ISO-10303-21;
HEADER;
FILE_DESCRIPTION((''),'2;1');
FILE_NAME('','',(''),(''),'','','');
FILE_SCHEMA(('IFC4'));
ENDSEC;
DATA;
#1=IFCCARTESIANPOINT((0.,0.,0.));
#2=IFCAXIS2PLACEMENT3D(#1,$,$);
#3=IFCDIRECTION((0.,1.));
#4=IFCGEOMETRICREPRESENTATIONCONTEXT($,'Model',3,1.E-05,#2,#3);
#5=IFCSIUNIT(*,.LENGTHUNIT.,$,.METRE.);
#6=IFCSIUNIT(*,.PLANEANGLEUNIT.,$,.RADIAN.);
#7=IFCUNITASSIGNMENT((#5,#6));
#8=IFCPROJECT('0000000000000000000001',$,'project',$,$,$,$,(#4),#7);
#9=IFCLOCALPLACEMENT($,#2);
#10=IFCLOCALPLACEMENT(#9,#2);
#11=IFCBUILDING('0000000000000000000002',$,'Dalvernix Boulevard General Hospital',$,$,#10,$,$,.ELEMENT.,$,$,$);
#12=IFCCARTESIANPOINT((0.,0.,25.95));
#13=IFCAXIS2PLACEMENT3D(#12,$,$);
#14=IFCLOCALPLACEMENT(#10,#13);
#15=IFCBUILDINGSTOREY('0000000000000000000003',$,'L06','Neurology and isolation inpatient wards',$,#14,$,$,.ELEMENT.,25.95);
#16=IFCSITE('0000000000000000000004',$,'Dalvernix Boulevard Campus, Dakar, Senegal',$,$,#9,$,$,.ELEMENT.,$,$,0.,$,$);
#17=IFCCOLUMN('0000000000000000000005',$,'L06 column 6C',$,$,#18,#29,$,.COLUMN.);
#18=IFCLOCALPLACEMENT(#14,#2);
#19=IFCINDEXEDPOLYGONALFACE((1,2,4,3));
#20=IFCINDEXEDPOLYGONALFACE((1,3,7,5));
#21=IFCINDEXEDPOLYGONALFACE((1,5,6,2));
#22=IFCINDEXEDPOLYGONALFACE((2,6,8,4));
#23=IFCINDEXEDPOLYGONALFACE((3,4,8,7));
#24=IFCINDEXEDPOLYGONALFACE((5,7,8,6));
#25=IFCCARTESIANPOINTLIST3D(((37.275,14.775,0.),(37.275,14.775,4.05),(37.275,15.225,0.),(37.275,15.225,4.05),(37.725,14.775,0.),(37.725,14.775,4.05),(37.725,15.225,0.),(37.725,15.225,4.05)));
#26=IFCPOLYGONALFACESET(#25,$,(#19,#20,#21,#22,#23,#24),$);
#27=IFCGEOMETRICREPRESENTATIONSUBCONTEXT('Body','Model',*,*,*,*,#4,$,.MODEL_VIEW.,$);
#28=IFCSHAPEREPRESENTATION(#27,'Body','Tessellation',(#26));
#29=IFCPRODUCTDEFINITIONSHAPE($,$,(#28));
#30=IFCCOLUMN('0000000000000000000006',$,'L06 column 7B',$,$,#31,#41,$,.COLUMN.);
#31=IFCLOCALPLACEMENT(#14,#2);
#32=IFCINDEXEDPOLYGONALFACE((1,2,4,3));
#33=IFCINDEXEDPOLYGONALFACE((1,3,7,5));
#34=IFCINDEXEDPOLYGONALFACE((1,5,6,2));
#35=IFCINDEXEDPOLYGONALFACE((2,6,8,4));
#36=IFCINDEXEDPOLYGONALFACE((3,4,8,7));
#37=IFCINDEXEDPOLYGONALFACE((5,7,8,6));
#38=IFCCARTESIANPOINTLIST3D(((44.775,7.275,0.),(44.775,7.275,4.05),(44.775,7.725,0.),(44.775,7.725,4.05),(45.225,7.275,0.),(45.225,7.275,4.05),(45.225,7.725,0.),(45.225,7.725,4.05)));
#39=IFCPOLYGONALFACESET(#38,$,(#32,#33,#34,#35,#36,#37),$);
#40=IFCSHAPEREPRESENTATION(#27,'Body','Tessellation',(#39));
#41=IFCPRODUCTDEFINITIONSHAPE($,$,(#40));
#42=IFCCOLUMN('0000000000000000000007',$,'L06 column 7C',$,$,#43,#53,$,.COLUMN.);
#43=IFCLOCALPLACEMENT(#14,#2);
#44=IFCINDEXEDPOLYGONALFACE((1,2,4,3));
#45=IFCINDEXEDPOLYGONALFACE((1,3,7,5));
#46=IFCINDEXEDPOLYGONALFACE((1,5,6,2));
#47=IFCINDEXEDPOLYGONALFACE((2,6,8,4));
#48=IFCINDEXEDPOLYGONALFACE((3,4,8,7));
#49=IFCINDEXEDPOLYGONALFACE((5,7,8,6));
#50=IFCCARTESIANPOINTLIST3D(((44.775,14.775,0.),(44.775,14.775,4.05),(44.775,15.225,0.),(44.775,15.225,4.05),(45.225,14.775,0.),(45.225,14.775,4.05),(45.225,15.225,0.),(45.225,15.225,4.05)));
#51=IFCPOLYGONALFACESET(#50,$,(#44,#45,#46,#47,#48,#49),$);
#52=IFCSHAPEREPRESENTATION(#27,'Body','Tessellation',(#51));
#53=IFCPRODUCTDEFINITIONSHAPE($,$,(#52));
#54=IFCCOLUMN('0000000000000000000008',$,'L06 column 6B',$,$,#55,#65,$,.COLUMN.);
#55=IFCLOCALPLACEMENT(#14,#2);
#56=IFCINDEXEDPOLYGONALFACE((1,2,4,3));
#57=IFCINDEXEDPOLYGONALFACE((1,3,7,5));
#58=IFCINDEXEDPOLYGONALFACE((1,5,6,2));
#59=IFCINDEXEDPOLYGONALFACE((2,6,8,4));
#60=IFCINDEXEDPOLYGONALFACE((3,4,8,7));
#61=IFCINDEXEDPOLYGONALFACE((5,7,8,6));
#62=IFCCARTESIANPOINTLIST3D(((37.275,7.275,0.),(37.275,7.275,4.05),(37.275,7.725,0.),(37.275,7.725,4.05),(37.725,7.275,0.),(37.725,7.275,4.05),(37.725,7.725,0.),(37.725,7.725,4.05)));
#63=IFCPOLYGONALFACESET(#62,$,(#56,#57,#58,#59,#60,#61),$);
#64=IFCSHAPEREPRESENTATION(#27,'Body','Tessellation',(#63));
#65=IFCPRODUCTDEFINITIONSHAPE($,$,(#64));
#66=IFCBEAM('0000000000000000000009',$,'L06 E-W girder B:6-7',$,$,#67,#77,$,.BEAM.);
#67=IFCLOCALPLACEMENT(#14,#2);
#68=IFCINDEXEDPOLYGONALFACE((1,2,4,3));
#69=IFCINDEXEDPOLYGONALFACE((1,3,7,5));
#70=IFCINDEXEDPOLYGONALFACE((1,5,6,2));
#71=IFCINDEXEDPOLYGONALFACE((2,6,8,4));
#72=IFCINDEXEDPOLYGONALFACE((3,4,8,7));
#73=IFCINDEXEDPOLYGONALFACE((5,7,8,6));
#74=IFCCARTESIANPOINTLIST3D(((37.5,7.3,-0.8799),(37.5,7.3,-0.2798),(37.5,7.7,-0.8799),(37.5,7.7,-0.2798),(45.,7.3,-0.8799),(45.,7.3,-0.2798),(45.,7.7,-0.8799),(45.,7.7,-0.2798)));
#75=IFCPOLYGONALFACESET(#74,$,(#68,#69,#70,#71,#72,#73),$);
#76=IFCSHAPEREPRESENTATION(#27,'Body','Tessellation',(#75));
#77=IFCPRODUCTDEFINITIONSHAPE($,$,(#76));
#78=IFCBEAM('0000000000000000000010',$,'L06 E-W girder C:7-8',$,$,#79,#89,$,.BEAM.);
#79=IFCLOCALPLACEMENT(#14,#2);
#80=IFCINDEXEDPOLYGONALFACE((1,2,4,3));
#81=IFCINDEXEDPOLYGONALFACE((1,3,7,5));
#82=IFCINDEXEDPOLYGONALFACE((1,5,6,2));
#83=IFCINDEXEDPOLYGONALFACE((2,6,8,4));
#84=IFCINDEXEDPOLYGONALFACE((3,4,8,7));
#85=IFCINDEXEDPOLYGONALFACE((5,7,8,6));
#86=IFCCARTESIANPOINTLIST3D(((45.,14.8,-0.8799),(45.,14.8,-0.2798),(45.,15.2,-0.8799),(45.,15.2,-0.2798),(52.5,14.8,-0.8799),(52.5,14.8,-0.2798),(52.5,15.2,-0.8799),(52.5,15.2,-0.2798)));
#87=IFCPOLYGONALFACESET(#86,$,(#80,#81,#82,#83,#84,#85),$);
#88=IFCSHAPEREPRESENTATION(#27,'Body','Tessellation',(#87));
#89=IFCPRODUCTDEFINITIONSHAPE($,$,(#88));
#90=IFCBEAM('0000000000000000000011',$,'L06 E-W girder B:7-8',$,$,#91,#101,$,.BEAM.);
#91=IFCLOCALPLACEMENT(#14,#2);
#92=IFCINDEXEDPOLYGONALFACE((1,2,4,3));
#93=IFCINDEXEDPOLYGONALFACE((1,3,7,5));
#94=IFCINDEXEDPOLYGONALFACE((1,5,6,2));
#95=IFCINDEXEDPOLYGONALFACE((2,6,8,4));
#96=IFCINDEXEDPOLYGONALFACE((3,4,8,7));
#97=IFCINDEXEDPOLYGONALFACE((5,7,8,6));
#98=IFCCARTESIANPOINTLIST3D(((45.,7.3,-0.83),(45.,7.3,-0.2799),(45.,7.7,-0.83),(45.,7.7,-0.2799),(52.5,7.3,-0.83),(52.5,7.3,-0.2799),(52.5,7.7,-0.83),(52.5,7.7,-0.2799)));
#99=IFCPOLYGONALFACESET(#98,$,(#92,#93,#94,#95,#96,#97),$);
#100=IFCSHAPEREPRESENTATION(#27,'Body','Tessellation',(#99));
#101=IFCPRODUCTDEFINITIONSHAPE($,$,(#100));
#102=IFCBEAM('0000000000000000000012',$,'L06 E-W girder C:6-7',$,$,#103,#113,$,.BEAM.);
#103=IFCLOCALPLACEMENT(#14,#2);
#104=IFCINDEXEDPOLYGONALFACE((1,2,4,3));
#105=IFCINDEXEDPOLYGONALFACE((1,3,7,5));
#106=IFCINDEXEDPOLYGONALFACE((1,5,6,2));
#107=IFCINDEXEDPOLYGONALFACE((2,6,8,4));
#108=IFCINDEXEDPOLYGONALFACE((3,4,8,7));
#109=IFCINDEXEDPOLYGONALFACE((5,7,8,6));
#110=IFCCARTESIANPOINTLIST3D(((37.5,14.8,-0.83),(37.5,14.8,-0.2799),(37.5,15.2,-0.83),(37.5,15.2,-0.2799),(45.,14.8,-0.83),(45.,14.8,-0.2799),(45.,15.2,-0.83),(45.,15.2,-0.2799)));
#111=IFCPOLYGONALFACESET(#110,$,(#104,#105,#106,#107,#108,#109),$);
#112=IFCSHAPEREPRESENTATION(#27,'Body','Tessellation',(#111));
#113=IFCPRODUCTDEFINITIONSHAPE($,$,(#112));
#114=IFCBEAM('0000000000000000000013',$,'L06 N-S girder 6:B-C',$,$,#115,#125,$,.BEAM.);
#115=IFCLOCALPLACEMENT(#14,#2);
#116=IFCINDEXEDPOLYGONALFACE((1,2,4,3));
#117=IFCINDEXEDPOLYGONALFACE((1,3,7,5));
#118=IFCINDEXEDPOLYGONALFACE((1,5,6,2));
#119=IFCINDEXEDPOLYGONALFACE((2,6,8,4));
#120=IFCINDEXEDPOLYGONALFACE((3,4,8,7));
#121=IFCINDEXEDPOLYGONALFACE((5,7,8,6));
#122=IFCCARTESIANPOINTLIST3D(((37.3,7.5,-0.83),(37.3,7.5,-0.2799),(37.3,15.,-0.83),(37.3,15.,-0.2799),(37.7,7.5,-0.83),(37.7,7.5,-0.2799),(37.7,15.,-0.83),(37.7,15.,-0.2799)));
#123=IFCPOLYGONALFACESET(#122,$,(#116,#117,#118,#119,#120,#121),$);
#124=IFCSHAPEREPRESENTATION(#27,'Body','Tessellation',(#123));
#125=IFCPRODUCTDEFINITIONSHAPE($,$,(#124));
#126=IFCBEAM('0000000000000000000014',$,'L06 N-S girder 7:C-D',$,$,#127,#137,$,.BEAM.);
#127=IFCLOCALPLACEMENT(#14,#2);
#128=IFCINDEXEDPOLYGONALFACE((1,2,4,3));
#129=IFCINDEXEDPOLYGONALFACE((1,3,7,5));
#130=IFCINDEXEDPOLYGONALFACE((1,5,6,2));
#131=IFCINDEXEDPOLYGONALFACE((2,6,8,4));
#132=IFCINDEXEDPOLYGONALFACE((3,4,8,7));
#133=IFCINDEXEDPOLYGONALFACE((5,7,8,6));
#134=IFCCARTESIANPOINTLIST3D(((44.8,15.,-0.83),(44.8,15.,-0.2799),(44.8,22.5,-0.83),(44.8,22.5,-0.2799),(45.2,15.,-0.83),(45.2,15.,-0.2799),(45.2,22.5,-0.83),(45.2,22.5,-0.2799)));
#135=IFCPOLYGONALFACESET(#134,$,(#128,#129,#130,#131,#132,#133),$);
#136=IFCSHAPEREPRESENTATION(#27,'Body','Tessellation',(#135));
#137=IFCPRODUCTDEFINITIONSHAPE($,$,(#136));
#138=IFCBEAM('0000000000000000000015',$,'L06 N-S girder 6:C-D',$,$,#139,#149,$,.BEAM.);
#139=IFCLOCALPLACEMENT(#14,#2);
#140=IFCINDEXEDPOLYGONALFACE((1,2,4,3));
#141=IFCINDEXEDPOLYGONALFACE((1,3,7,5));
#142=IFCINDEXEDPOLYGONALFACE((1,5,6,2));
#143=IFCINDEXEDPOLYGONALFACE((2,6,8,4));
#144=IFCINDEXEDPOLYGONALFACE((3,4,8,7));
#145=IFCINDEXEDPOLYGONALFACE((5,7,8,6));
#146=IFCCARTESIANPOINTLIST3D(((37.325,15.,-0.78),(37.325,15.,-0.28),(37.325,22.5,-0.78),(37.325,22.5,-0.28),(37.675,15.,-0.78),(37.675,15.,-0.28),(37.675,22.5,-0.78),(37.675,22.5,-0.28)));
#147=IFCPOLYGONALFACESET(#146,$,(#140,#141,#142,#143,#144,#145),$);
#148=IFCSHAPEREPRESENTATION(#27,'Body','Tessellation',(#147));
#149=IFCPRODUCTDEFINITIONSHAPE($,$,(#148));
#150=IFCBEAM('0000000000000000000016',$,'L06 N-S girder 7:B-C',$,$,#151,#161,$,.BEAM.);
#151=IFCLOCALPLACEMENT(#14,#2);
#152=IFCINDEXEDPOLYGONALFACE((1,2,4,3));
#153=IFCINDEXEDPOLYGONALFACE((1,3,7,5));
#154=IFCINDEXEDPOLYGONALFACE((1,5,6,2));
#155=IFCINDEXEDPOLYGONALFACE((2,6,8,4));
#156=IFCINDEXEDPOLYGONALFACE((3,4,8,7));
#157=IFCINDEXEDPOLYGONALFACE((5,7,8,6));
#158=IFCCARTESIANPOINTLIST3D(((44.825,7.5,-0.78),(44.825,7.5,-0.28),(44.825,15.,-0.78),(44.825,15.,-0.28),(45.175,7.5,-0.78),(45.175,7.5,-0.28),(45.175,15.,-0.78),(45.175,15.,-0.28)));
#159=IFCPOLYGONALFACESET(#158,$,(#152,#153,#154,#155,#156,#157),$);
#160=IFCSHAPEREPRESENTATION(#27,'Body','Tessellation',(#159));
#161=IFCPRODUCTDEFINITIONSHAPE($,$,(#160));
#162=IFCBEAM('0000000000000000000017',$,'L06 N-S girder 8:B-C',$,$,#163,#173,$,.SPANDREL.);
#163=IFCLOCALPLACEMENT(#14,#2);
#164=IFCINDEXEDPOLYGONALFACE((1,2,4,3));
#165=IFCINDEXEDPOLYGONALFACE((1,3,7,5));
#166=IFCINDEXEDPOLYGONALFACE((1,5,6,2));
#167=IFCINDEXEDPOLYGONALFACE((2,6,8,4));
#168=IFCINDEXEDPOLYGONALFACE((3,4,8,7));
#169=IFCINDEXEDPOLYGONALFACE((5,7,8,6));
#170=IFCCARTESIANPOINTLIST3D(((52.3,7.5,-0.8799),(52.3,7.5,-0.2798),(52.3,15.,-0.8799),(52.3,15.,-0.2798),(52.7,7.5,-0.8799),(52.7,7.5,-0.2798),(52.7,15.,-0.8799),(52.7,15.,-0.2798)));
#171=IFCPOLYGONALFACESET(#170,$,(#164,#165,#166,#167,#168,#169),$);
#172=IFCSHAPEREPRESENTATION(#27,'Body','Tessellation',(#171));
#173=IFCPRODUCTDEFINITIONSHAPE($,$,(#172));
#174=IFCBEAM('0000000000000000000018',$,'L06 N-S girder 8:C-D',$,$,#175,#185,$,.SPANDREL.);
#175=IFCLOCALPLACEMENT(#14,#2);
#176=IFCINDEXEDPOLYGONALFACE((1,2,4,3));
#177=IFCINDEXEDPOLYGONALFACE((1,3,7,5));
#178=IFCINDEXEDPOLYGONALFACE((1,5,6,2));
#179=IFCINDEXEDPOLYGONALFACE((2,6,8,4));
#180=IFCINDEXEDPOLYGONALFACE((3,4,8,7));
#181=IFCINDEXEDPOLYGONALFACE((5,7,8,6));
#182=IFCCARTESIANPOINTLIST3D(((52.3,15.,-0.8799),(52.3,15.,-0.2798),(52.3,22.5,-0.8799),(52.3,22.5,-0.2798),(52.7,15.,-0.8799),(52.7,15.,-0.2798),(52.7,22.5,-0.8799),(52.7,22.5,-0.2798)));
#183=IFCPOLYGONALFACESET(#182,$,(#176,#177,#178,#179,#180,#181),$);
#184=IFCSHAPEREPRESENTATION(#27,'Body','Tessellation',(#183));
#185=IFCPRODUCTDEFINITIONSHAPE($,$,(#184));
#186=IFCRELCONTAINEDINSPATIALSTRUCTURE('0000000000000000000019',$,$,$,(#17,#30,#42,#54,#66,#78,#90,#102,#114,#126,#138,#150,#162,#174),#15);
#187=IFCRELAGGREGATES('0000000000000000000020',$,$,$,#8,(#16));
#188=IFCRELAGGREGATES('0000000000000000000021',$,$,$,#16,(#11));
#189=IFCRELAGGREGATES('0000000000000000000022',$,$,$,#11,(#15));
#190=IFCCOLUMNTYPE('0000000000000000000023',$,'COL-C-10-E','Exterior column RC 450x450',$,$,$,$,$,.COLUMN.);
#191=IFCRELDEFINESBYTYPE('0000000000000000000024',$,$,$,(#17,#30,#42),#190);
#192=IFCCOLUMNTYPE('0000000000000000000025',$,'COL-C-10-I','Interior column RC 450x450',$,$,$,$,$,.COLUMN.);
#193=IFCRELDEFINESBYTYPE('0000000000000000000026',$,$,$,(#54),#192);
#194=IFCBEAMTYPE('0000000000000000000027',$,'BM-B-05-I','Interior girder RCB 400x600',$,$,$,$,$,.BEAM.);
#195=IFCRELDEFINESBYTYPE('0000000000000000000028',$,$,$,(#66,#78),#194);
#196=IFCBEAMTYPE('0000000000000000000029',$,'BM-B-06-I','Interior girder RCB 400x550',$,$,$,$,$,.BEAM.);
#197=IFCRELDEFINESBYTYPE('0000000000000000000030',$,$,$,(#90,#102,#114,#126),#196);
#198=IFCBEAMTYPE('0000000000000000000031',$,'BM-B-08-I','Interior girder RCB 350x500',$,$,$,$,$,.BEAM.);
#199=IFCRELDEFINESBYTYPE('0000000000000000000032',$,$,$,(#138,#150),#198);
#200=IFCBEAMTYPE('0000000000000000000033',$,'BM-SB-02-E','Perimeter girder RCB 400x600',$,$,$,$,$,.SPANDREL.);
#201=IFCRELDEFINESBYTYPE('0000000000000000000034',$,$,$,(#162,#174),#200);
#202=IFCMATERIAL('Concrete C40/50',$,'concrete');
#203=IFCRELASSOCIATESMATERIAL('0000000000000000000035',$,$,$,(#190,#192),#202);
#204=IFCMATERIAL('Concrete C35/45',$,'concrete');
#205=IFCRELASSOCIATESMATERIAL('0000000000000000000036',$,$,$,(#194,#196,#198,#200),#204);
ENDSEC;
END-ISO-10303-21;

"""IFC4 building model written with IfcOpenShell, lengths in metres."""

from ifc_helpers import new_model, si_unit, direction, frame, origin, origin_2d, place, context, subcontext, project, spatial, rectangle, extrude, material, material_profile, profile_set, type_object, element, save


model = new_model("IFC4")

# Units and contexts
model_context = context("Model", 3, precision=1e-05, world=origin(), true_north=direction((0.0, 1.0)))
body_context = subcontext(model_context, "Body", "Model", "MODEL_VIEW")
ifc_project = project(units=[si_unit("LENGTHUNIT", "METRE"), si_unit("PLANEANGLEUNIT", "RADIAN")], contexts=[model_context])

# Site, building, storey
site_placement = place(None, origin())
site = spatial("IfcSite", under=ifc_project, at=site_placement, Name="Dalvernix Boulevard Campus, Dakar, Senegal", CompositionType="ELEMENT", RefElevation=0.0)
building_placement = place(site_placement, origin())
building = spatial("IfcBuilding", under=site, at=building_placement, Name="Dalvernix Boulevard General Hospital", CompositionType="ELEMENT")
storey_placement = place(building_placement, frame((0.0, 0.0, 25.95)))
storey = spatial("IfcBuildingStorey", under=building, at=storey_placement, Name="L06", Description="Neurology and isolation inpatient wards", CompositionType="ELEMENT", Elevation=25.95)

# Columns
ifc_material_1 = material(Name="Concrete C40/50", Category="concrete")
ifc_material_profile_1 = material_profile(ifc_material_1, rectangle(XDim=0.45, YDim=0.45, at=origin_2d()), Name="RC 450x450")
ifc_profile_set_1 = profile_set([ifc_material_profile_1], Name="Concrete C40/50")
column_type_1 = type_object("IfcColumnType", Name="COL-C-10-E", Description="Exterior column RC 450x450", PredefinedType="COLUMN", material=ifc_profile_set_1)
for number, where, z_axis, x_axis, name in (
    (1, (37.5, 15.0, 0.0), (0.0, 0.0, 1.0), (1.0, 0.0, 0.0), "L06 column 6C"),
    (2, (45.0, 7.5, 0.0), (0.0, 0.0, 1.0), (1.0, 0.0, 0.0), "L06 column 7B"),
    (3, (45.0, 15.0, 0.0), (0.0, 0.0, 1.0), (1.0, 0.0, 0.0), "L06 column 7C"),
):
    element("IfcColumn", number, at=place(storey_placement, frame(where, z_axis=z_axis, x_axis=x_axis)), inside=storey, type_object=column_type_1, Name=name, PredefinedType="COLUMN", context=body_context, shape_type="SweptSolid", body=[
        extrude(rectangle(XDim=0.45, YDim=0.45, at=origin_2d()), origin(), (0.0, 0.0, 1.0), 4.05),
    ])
ifc_material_profile_2 = material_profile(ifc_material_1, rectangle(XDim=0.45, YDim=0.45, at=origin_2d()), Name="RC 450x450")
ifc_profile_set_2 = profile_set([ifc_material_profile_2], Name="Concrete C40/50")
column_type_2 = type_object("IfcColumnType", Name="COL-C-10-I", Description="Interior column RC 450x450", PredefinedType="COLUMN", material=ifc_profile_set_2)
column_placement = place(storey_placement, frame((37.5, 7.5, 0.0), z_axis=(0.0, 0.0, 1.0), x_axis=(1.0, 0.0, 0.0)))
element("IfcColumn", 4, at=column_placement, inside=storey, type_object=column_type_2, Name="L06 column 6B", PredefinedType="COLUMN", context=body_context, shape_type="SweptSolid", body=[
    extrude(rectangle(XDim=0.45, YDim=0.45, at=origin_2d()), origin(), (0.0, 0.0, 1.0), 4.05),
])

# Beams
ifc_material_2 = material(Name="Concrete C35/45", Category="concrete")
ifc_material_profile_3 = material_profile(ifc_material_2, rectangle(XDim=0.3999, YDim=0.6001, at=origin_2d()), Name="RCB 400x600")
ifc_profile_set_3 = profile_set([ifc_material_profile_3], Name="Concrete C35/45")
beam_type_1 = type_object("IfcBeamType", Name="BM-B-05-I", Description="Interior girder RCB 400x600", PredefinedType="BEAM", material=ifc_profile_set_3)
for number, where, z_axis, x_axis, name in (
    (5, (37.5, 7.5, -0.5798), (1.0, 0.0, 0.0), (0.0, 1.0, 0.0), "L06 E-W girder B:6-7"),
    (6, (45.0, 15.0, -0.5798), (1.0, 0.0, 0.0), (0.0, 1.0, 0.0), "L06 E-W girder C:7-8"),
):
    element("IfcBeam", number, at=place(storey_placement, frame(where, z_axis=z_axis, x_axis=x_axis)), inside=storey, type_object=beam_type_1, Name=name, PredefinedType="BEAM", context=body_context, shape_type="SweptSolid", body=[
        extrude(rectangle(XDim=0.3999, YDim=0.6001, at=origin_2d()), origin(), (0.0, 0.0, 1.0), 7.5),
    ])
ifc_material_profile_4 = material_profile(ifc_material_2, rectangle(XDim=0.3999, YDim=0.55, at=origin_2d()), Name="RCB 400x550")
ifc_profile_set_4 = profile_set([ifc_material_profile_4], Name="Concrete C35/45")
beam_type_2 = type_object("IfcBeamType", Name="BM-B-06-I", Description="Interior girder RCB 400x550", PredefinedType="BEAM", material=ifc_profile_set_4)
for number, where, z_axis, x_axis, name in (
    (7, (45.0, 7.5, -0.5549), (1.0, 0.0, 0.0), (0.0, 1.0, 0.0), "L06 E-W girder B:7-8"),
    (8, (37.5, 15.0, -0.5549), (1.0, 0.0, 0.0), (0.0, 1.0, 0.0), "L06 E-W girder C:6-7"),
    (9, (37.5, 7.5, -0.5549), (0.0, 1.0, 0.0), (-1.0, 0.0, 0.0), "L06 N-S girder 6:B-C"),
    (10, (45.0, 15.0, -0.5549), (0.0, 1.0, 0.0), (-1.0, 0.0, 0.0), "L06 N-S girder 7:C-D"),
):
    element("IfcBeam", number, at=place(storey_placement, frame(where, z_axis=z_axis, x_axis=x_axis)), inside=storey, type_object=beam_type_2, Name=name, PredefinedType="BEAM", context=body_context, shape_type="SweptSolid", body=[
        extrude(rectangle(XDim=0.3999, YDim=0.55, at=origin_2d()), origin(), (0.0, 0.0, 1.0), 7.5),
    ])
ifc_material_profile_5 = material_profile(ifc_material_2, rectangle(XDim=0.3501, YDim=0.5, at=origin_2d()), Name="RCB 350x500")
ifc_profile_set_5 = profile_set([ifc_material_profile_5], Name="Concrete C35/45")
beam_type_3 = type_object("IfcBeamType", Name="BM-B-08-I", Description="Interior girder RCB 350x500", PredefinedType="BEAM", material=ifc_profile_set_5)
for number, where, z_axis, x_axis, name in (
    (11, (37.5, 15.0, -0.53), (0.0, 1.0, 0.0), (-1.0, 0.0, 0.0), "L06 N-S girder 6:C-D"),
    (12, (45.0, 7.5, -0.53), (0.0, 1.0, 0.0), (-1.0, 0.0, 0.0), "L06 N-S girder 7:B-C"),
):
    element("IfcBeam", number, at=place(storey_placement, frame(where, z_axis=z_axis, x_axis=x_axis)), inside=storey, type_object=beam_type_3, Name=name, PredefinedType="BEAM", context=body_context, shape_type="SweptSolid", body=[
        extrude(rectangle(XDim=0.3501, YDim=0.5, at=origin_2d()), origin(), (0.0, 0.0, 1.0), 7.5),
    ])
ifc_material_profile_6 = material_profile(ifc_material_2, rectangle(XDim=0.3999, YDim=0.6001, at=origin_2d()), Name="RCB 400x600")
ifc_profile_set_6 = profile_set([ifc_material_profile_6], Name="Concrete C35/45")
beam_type_4 = type_object("IfcBeamType", Name="BM-SB-02-E", Description="Perimeter girder RCB 400x600", PredefinedType="SPANDREL", material=ifc_profile_set_6)
for number, where, z_axis, x_axis, name in (
    (13, (52.5, 7.5, -0.5798), (0.0, 1.0, 0.0), (-1.0, 0.0, 0.0), "L06 N-S girder 8:B-C"),
    (14, (52.5, 15.0, -0.5798), (0.0, 1.0, 0.0), (-1.0, 0.0, 0.0), "L06 N-S girder 8:C-D"),
):
    element("IfcBeam", number, at=place(storey_placement, frame(where, z_axis=z_axis, x_axis=x_axis)), inside=storey, type_object=beam_type_4, Name=name, PredefinedType="SPANDREL", context=body_context, shape_type="SweptSolid", body=[
        extrude(rectangle(XDim=0.3999, YDim=0.6001, at=origin_2d()), origin(), (0.0, 0.0, 1.0), 7.5),
    ])

save(model, "model.ifc")
